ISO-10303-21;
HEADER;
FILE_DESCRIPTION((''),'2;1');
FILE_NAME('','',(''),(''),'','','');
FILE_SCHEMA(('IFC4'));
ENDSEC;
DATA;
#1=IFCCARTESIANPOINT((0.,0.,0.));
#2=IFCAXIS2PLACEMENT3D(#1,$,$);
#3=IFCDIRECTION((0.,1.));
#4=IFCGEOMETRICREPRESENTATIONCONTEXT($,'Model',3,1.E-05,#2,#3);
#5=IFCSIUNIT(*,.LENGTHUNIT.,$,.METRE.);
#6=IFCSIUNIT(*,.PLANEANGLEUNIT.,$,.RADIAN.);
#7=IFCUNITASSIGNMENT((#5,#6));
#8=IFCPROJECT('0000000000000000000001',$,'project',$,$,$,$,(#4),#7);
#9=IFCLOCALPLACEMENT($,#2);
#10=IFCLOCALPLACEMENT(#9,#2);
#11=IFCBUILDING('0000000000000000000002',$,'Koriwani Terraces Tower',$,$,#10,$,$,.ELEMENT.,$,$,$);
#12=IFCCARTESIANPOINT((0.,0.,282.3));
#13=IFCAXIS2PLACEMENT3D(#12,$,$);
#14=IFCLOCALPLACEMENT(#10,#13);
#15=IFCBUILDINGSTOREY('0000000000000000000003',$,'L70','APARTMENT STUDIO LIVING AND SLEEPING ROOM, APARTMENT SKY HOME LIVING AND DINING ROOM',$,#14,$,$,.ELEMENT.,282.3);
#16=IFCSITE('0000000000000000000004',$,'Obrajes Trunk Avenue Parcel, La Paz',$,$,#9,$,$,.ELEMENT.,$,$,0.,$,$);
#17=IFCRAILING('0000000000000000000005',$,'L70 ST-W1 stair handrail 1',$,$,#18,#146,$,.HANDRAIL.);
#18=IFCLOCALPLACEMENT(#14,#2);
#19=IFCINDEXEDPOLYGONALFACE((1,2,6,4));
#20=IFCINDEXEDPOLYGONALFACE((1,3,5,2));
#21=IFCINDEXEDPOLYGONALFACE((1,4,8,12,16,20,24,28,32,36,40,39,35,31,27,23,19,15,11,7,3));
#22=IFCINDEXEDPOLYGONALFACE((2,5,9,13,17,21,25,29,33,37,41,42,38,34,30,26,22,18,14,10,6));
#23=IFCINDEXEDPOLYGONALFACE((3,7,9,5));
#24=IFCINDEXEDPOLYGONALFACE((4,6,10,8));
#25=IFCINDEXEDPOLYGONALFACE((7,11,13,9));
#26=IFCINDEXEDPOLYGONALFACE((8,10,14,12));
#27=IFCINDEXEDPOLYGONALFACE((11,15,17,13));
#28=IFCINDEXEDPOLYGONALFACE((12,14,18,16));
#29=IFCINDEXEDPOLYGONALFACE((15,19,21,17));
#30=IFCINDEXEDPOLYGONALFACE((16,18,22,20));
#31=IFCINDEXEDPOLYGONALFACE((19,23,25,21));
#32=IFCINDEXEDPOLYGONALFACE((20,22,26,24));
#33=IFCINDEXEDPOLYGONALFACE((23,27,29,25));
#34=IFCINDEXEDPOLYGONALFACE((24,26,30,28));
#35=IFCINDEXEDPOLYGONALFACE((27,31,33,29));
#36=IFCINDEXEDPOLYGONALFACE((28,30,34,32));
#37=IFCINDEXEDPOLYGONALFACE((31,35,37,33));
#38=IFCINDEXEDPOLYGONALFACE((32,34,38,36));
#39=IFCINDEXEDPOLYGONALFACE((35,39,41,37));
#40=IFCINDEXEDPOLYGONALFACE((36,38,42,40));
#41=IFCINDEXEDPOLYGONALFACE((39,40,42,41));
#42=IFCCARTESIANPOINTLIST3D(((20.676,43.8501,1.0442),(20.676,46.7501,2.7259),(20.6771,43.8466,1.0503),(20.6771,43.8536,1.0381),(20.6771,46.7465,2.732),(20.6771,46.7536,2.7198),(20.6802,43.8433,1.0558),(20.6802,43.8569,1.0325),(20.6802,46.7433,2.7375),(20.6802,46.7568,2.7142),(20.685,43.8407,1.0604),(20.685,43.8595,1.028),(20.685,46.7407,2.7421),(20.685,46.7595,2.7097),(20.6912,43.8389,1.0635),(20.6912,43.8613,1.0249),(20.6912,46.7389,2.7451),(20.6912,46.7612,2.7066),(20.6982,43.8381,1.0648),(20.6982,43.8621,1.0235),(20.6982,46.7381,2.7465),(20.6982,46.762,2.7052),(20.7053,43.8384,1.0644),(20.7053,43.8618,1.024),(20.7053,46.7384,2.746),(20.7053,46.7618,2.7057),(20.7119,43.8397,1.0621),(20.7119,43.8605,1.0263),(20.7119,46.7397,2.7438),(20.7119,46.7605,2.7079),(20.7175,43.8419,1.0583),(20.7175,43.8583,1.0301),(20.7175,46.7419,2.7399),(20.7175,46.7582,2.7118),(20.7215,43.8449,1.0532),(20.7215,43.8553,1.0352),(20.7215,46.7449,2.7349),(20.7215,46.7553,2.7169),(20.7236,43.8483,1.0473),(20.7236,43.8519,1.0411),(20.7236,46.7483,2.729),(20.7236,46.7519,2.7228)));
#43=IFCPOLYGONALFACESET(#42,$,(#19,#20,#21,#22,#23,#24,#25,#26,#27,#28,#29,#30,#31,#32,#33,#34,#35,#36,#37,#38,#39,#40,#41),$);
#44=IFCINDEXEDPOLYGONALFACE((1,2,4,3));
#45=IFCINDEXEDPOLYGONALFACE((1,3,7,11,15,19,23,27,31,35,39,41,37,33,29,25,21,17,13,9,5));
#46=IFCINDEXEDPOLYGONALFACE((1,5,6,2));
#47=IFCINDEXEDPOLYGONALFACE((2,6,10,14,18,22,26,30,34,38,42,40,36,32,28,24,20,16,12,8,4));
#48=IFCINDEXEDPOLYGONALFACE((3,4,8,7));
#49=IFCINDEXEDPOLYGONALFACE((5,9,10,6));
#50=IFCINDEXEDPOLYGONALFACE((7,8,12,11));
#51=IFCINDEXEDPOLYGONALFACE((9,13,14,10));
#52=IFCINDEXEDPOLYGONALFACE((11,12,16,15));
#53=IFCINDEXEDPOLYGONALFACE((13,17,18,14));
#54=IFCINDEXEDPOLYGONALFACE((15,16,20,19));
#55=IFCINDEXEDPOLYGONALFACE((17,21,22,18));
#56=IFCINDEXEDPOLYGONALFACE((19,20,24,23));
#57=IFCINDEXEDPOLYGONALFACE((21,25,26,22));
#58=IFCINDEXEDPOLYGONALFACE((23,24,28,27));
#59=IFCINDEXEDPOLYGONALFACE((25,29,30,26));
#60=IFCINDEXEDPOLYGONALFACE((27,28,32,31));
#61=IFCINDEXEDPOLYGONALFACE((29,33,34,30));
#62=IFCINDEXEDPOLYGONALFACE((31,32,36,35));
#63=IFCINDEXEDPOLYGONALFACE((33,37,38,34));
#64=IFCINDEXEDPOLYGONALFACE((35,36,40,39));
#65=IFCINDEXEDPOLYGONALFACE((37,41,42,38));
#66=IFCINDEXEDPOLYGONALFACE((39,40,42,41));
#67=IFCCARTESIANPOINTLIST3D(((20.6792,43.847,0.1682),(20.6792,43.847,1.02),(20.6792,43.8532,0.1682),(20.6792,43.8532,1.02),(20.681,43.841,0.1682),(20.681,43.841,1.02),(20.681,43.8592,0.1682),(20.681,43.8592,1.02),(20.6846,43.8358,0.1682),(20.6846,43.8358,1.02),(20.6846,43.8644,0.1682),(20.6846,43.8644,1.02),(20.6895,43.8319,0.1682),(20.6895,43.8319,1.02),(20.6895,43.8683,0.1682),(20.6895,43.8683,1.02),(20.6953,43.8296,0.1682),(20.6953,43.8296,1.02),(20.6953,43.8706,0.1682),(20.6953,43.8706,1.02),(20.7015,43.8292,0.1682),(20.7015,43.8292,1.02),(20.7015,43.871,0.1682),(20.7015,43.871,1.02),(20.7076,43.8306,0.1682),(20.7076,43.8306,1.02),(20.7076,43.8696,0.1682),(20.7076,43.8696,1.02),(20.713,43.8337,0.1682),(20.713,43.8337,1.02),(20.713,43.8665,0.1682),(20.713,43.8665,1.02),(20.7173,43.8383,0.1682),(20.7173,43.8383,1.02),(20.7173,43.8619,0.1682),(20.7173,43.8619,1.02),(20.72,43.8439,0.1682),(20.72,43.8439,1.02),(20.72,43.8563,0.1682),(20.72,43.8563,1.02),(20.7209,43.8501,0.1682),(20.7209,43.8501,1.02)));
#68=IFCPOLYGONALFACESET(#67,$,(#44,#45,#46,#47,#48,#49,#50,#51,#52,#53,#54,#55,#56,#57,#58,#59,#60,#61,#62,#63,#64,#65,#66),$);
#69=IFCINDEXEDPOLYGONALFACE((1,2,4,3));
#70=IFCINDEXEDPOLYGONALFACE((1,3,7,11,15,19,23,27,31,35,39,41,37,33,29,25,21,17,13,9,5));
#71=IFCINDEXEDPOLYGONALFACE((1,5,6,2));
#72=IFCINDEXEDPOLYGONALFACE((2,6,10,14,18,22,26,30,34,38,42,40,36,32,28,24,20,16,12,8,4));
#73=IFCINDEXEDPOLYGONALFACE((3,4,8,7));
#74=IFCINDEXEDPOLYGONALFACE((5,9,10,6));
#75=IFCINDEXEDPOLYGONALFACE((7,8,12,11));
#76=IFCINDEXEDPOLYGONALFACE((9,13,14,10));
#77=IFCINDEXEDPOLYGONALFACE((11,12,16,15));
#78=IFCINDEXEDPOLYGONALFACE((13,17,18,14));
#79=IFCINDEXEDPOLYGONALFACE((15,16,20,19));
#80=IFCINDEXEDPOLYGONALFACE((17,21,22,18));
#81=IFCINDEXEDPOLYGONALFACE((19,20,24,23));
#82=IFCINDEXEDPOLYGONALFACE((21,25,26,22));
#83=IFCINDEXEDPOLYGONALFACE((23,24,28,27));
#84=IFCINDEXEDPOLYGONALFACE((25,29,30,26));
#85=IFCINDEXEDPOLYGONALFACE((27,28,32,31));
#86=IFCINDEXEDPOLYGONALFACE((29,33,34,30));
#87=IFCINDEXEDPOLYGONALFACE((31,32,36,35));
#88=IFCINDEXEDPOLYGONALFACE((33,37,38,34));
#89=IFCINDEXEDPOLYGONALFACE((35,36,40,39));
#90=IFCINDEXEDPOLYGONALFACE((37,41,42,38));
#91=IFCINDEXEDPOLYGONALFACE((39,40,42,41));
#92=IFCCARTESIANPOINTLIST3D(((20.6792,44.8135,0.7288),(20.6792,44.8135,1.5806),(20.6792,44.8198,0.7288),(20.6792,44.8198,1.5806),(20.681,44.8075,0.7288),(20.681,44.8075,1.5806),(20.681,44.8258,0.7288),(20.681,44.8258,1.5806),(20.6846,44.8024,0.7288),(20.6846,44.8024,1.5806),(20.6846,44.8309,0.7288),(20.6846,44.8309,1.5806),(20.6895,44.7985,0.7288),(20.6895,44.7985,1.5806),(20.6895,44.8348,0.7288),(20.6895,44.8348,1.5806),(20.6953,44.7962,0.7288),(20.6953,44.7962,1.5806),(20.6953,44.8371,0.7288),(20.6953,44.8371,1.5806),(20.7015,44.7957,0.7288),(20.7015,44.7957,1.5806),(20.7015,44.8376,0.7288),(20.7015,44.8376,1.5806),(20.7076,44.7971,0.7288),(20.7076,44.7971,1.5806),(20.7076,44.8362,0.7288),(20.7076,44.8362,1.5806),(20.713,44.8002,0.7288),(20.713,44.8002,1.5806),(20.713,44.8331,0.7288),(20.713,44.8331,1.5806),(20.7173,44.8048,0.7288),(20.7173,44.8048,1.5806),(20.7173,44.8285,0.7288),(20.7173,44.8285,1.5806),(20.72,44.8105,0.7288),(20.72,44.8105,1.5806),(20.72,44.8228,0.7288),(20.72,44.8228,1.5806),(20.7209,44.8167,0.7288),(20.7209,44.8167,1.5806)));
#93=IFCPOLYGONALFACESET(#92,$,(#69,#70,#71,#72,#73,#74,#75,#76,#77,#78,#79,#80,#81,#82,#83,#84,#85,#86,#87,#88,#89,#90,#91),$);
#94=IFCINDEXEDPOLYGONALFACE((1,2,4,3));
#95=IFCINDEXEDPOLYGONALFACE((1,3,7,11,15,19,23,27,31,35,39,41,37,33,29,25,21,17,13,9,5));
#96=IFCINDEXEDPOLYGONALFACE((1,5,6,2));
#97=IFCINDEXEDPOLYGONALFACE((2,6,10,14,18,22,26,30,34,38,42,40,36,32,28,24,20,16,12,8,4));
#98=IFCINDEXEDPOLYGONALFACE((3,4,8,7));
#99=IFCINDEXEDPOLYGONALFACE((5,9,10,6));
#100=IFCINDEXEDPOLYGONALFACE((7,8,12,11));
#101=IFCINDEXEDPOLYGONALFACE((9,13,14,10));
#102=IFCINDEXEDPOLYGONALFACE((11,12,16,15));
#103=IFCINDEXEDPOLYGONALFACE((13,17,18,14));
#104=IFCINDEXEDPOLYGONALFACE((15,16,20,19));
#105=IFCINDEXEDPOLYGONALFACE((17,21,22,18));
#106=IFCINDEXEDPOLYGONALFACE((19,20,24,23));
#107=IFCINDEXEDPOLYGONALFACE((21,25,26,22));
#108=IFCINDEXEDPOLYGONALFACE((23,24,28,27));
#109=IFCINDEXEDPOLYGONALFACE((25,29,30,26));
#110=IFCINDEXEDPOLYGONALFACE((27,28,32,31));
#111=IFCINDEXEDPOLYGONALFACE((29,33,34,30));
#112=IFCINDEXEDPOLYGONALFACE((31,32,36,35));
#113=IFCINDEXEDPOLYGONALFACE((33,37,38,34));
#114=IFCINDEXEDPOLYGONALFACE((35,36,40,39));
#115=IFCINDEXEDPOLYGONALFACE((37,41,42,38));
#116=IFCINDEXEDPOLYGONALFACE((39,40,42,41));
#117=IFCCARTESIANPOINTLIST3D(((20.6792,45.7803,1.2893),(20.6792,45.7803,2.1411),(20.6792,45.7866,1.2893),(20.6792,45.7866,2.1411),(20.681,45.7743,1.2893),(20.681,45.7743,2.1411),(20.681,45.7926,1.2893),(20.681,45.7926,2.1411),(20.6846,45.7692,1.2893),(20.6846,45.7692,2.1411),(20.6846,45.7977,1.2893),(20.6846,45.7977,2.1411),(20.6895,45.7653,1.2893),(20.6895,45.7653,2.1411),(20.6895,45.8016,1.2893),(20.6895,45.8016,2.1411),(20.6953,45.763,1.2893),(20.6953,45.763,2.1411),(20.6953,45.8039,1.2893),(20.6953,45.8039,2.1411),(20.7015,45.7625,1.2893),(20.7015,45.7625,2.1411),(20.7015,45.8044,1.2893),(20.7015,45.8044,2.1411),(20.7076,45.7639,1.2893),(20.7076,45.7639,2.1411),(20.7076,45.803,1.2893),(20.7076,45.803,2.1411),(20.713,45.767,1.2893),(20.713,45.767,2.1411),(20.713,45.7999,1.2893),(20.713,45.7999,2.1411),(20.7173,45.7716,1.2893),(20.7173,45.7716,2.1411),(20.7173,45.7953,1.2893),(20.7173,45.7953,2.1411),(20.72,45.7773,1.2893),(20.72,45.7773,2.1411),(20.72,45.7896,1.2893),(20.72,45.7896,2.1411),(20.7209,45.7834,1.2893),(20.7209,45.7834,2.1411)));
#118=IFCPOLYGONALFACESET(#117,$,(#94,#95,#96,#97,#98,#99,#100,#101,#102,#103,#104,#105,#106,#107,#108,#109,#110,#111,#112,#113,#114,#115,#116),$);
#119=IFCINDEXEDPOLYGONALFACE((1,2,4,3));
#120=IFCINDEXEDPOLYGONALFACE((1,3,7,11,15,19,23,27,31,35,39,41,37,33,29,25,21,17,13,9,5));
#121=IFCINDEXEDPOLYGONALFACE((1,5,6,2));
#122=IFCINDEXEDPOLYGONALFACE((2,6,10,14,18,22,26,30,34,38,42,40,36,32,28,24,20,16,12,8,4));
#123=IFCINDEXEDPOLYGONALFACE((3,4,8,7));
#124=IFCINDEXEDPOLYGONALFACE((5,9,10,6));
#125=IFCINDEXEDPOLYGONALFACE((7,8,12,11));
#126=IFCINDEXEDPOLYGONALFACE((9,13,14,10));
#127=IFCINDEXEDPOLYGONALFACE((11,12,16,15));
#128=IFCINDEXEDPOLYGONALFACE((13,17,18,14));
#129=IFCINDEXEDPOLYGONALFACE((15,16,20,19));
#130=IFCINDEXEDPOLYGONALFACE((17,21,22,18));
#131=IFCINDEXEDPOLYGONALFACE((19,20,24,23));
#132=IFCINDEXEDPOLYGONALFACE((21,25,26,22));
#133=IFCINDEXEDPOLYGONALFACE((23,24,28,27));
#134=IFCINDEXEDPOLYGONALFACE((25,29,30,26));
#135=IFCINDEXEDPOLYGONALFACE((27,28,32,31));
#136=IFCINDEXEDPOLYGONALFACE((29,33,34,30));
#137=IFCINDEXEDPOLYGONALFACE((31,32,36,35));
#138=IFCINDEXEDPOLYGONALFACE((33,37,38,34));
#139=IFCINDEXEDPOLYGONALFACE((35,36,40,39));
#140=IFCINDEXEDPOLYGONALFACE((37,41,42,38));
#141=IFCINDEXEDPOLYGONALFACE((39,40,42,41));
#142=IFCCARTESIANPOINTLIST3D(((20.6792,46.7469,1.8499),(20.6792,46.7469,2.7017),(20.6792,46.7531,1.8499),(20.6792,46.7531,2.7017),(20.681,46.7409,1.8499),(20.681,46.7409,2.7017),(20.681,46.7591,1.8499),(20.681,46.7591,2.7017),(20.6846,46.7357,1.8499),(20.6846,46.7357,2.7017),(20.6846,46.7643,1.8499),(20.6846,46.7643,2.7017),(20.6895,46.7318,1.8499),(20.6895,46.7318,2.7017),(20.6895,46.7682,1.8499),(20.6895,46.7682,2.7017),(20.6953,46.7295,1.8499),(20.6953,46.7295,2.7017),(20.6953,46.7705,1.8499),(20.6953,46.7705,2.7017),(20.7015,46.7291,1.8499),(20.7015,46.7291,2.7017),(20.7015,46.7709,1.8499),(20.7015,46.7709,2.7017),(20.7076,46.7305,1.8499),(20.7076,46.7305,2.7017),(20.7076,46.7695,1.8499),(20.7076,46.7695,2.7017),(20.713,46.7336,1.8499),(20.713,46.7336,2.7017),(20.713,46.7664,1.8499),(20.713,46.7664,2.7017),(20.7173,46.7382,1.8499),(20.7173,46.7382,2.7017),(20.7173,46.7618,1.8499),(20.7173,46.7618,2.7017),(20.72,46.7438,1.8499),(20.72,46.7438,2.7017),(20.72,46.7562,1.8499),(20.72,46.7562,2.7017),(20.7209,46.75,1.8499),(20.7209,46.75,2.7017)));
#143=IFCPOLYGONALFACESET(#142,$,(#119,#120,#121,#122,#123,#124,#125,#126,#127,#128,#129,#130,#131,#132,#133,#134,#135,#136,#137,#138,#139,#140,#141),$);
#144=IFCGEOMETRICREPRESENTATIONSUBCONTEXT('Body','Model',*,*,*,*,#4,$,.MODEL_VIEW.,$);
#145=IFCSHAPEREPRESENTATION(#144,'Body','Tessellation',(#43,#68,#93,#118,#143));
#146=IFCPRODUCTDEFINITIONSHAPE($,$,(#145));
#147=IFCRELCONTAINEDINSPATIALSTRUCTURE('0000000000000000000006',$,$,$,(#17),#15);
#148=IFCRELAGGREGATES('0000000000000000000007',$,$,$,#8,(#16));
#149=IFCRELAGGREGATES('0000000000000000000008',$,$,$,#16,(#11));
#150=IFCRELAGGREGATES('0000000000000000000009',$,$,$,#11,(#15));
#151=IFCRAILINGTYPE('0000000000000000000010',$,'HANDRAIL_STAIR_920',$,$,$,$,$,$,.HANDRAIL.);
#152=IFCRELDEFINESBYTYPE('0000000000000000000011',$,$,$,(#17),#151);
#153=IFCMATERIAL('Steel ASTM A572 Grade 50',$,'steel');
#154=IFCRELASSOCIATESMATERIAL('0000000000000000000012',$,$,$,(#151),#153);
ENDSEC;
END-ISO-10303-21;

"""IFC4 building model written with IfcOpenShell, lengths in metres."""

from ifc_helpers import new_model, si_unit, direction, frame, origin, origin_2d, place, context, subcontext, project, spatial, circle, extrude, material, type_object, element, save


model = new_model("IFC4")

# Units and contexts
model_context = context("Model", 3, precision=1e-05, world=origin(), true_north=direction((0.0, 1.0)))
body_context = subcontext(model_context, "Body", "Model", "MODEL_VIEW")
ifc_project = project(units=[si_unit("LENGTHUNIT", "METRE"), si_unit("PLANEANGLEUNIT", "RADIAN")], contexts=[model_context])

# Site, building, storey
site_placement = place(None, origin())
site = spatial("IfcSite", under=ifc_project, at=site_placement, Name="Obrajes Trunk Avenue Parcel, La Paz", CompositionType="ELEMENT", RefElevation=0.0)
building_placement = place(site_placement, origin())
building = spatial("IfcBuilding", under=site, at=building_placement, Name="Koriwani Terraces Tower", CompositionType="ELEMENT")
storey_placement = place(building_placement, frame((0.0, 0.0, 282.3)))
storey = spatial("IfcBuildingStorey", under=building, at=storey_placement, Name="L70", Description="APARTMENT STUDIO LIVING AND SLEEPING ROOM, APARTMENT SKY HOME LIVING AND DINING ROOM", CompositionType="ELEMENT", Elevation=282.3)

# Shared definitions
ifc_material_1 = material(Name="Steel ASTM A572 Grade 50", Category="steel")

# Railing
railing_type_1 = type_object("IfcRailingType", Name="HANDRAIL_STAIR_920", PredefinedType="HANDRAIL", material=ifc_material_1)
railing_1_placement = place(storey_placement, frame((20.7, 43.8501, 0.1682)))
element("IfcRailing", 1, at=railing_1_placement, inside=storey, type_object=railing_type_1, Name="L70 ST-W1 stair handrail 1", PredefinedType="HANDRAIL", context=body_context, shape_type="SweptSolid", body=[
    extrude(circle(Radius=0.0239, at=origin_2d()), frame((0.0, 0.0, 0.876), z_axis=(0.0, 0.86507, 0.501651), x_axis=(-1.0, 0.0, 0.0)), (0.0, 0.0, 1.0), 3.3523),
    extrude(circle(Radius=0.021, at=origin_2d()), origin(), (0.0, 0.0, 1.0), 0.8518),
    extrude(circle(Radius=0.021, at=origin_2d()), frame((0.0, 0.9666, 0.5605)), (0.0, 0.0, 1.0), 0.8518),
    extrude(circle(Radius=0.021, at=origin_2d()), frame((0.0, 1.9333, 1.1211)), (0.0, 0.0, 1.0), 0.8518),
    extrude(circle(Radius=0.021, at=origin_2d()), frame((0.0, 2.8999, 1.6816)), (0.0, 0.0, 1.0), 0.8518),
])

save(model, "model.ifc")
